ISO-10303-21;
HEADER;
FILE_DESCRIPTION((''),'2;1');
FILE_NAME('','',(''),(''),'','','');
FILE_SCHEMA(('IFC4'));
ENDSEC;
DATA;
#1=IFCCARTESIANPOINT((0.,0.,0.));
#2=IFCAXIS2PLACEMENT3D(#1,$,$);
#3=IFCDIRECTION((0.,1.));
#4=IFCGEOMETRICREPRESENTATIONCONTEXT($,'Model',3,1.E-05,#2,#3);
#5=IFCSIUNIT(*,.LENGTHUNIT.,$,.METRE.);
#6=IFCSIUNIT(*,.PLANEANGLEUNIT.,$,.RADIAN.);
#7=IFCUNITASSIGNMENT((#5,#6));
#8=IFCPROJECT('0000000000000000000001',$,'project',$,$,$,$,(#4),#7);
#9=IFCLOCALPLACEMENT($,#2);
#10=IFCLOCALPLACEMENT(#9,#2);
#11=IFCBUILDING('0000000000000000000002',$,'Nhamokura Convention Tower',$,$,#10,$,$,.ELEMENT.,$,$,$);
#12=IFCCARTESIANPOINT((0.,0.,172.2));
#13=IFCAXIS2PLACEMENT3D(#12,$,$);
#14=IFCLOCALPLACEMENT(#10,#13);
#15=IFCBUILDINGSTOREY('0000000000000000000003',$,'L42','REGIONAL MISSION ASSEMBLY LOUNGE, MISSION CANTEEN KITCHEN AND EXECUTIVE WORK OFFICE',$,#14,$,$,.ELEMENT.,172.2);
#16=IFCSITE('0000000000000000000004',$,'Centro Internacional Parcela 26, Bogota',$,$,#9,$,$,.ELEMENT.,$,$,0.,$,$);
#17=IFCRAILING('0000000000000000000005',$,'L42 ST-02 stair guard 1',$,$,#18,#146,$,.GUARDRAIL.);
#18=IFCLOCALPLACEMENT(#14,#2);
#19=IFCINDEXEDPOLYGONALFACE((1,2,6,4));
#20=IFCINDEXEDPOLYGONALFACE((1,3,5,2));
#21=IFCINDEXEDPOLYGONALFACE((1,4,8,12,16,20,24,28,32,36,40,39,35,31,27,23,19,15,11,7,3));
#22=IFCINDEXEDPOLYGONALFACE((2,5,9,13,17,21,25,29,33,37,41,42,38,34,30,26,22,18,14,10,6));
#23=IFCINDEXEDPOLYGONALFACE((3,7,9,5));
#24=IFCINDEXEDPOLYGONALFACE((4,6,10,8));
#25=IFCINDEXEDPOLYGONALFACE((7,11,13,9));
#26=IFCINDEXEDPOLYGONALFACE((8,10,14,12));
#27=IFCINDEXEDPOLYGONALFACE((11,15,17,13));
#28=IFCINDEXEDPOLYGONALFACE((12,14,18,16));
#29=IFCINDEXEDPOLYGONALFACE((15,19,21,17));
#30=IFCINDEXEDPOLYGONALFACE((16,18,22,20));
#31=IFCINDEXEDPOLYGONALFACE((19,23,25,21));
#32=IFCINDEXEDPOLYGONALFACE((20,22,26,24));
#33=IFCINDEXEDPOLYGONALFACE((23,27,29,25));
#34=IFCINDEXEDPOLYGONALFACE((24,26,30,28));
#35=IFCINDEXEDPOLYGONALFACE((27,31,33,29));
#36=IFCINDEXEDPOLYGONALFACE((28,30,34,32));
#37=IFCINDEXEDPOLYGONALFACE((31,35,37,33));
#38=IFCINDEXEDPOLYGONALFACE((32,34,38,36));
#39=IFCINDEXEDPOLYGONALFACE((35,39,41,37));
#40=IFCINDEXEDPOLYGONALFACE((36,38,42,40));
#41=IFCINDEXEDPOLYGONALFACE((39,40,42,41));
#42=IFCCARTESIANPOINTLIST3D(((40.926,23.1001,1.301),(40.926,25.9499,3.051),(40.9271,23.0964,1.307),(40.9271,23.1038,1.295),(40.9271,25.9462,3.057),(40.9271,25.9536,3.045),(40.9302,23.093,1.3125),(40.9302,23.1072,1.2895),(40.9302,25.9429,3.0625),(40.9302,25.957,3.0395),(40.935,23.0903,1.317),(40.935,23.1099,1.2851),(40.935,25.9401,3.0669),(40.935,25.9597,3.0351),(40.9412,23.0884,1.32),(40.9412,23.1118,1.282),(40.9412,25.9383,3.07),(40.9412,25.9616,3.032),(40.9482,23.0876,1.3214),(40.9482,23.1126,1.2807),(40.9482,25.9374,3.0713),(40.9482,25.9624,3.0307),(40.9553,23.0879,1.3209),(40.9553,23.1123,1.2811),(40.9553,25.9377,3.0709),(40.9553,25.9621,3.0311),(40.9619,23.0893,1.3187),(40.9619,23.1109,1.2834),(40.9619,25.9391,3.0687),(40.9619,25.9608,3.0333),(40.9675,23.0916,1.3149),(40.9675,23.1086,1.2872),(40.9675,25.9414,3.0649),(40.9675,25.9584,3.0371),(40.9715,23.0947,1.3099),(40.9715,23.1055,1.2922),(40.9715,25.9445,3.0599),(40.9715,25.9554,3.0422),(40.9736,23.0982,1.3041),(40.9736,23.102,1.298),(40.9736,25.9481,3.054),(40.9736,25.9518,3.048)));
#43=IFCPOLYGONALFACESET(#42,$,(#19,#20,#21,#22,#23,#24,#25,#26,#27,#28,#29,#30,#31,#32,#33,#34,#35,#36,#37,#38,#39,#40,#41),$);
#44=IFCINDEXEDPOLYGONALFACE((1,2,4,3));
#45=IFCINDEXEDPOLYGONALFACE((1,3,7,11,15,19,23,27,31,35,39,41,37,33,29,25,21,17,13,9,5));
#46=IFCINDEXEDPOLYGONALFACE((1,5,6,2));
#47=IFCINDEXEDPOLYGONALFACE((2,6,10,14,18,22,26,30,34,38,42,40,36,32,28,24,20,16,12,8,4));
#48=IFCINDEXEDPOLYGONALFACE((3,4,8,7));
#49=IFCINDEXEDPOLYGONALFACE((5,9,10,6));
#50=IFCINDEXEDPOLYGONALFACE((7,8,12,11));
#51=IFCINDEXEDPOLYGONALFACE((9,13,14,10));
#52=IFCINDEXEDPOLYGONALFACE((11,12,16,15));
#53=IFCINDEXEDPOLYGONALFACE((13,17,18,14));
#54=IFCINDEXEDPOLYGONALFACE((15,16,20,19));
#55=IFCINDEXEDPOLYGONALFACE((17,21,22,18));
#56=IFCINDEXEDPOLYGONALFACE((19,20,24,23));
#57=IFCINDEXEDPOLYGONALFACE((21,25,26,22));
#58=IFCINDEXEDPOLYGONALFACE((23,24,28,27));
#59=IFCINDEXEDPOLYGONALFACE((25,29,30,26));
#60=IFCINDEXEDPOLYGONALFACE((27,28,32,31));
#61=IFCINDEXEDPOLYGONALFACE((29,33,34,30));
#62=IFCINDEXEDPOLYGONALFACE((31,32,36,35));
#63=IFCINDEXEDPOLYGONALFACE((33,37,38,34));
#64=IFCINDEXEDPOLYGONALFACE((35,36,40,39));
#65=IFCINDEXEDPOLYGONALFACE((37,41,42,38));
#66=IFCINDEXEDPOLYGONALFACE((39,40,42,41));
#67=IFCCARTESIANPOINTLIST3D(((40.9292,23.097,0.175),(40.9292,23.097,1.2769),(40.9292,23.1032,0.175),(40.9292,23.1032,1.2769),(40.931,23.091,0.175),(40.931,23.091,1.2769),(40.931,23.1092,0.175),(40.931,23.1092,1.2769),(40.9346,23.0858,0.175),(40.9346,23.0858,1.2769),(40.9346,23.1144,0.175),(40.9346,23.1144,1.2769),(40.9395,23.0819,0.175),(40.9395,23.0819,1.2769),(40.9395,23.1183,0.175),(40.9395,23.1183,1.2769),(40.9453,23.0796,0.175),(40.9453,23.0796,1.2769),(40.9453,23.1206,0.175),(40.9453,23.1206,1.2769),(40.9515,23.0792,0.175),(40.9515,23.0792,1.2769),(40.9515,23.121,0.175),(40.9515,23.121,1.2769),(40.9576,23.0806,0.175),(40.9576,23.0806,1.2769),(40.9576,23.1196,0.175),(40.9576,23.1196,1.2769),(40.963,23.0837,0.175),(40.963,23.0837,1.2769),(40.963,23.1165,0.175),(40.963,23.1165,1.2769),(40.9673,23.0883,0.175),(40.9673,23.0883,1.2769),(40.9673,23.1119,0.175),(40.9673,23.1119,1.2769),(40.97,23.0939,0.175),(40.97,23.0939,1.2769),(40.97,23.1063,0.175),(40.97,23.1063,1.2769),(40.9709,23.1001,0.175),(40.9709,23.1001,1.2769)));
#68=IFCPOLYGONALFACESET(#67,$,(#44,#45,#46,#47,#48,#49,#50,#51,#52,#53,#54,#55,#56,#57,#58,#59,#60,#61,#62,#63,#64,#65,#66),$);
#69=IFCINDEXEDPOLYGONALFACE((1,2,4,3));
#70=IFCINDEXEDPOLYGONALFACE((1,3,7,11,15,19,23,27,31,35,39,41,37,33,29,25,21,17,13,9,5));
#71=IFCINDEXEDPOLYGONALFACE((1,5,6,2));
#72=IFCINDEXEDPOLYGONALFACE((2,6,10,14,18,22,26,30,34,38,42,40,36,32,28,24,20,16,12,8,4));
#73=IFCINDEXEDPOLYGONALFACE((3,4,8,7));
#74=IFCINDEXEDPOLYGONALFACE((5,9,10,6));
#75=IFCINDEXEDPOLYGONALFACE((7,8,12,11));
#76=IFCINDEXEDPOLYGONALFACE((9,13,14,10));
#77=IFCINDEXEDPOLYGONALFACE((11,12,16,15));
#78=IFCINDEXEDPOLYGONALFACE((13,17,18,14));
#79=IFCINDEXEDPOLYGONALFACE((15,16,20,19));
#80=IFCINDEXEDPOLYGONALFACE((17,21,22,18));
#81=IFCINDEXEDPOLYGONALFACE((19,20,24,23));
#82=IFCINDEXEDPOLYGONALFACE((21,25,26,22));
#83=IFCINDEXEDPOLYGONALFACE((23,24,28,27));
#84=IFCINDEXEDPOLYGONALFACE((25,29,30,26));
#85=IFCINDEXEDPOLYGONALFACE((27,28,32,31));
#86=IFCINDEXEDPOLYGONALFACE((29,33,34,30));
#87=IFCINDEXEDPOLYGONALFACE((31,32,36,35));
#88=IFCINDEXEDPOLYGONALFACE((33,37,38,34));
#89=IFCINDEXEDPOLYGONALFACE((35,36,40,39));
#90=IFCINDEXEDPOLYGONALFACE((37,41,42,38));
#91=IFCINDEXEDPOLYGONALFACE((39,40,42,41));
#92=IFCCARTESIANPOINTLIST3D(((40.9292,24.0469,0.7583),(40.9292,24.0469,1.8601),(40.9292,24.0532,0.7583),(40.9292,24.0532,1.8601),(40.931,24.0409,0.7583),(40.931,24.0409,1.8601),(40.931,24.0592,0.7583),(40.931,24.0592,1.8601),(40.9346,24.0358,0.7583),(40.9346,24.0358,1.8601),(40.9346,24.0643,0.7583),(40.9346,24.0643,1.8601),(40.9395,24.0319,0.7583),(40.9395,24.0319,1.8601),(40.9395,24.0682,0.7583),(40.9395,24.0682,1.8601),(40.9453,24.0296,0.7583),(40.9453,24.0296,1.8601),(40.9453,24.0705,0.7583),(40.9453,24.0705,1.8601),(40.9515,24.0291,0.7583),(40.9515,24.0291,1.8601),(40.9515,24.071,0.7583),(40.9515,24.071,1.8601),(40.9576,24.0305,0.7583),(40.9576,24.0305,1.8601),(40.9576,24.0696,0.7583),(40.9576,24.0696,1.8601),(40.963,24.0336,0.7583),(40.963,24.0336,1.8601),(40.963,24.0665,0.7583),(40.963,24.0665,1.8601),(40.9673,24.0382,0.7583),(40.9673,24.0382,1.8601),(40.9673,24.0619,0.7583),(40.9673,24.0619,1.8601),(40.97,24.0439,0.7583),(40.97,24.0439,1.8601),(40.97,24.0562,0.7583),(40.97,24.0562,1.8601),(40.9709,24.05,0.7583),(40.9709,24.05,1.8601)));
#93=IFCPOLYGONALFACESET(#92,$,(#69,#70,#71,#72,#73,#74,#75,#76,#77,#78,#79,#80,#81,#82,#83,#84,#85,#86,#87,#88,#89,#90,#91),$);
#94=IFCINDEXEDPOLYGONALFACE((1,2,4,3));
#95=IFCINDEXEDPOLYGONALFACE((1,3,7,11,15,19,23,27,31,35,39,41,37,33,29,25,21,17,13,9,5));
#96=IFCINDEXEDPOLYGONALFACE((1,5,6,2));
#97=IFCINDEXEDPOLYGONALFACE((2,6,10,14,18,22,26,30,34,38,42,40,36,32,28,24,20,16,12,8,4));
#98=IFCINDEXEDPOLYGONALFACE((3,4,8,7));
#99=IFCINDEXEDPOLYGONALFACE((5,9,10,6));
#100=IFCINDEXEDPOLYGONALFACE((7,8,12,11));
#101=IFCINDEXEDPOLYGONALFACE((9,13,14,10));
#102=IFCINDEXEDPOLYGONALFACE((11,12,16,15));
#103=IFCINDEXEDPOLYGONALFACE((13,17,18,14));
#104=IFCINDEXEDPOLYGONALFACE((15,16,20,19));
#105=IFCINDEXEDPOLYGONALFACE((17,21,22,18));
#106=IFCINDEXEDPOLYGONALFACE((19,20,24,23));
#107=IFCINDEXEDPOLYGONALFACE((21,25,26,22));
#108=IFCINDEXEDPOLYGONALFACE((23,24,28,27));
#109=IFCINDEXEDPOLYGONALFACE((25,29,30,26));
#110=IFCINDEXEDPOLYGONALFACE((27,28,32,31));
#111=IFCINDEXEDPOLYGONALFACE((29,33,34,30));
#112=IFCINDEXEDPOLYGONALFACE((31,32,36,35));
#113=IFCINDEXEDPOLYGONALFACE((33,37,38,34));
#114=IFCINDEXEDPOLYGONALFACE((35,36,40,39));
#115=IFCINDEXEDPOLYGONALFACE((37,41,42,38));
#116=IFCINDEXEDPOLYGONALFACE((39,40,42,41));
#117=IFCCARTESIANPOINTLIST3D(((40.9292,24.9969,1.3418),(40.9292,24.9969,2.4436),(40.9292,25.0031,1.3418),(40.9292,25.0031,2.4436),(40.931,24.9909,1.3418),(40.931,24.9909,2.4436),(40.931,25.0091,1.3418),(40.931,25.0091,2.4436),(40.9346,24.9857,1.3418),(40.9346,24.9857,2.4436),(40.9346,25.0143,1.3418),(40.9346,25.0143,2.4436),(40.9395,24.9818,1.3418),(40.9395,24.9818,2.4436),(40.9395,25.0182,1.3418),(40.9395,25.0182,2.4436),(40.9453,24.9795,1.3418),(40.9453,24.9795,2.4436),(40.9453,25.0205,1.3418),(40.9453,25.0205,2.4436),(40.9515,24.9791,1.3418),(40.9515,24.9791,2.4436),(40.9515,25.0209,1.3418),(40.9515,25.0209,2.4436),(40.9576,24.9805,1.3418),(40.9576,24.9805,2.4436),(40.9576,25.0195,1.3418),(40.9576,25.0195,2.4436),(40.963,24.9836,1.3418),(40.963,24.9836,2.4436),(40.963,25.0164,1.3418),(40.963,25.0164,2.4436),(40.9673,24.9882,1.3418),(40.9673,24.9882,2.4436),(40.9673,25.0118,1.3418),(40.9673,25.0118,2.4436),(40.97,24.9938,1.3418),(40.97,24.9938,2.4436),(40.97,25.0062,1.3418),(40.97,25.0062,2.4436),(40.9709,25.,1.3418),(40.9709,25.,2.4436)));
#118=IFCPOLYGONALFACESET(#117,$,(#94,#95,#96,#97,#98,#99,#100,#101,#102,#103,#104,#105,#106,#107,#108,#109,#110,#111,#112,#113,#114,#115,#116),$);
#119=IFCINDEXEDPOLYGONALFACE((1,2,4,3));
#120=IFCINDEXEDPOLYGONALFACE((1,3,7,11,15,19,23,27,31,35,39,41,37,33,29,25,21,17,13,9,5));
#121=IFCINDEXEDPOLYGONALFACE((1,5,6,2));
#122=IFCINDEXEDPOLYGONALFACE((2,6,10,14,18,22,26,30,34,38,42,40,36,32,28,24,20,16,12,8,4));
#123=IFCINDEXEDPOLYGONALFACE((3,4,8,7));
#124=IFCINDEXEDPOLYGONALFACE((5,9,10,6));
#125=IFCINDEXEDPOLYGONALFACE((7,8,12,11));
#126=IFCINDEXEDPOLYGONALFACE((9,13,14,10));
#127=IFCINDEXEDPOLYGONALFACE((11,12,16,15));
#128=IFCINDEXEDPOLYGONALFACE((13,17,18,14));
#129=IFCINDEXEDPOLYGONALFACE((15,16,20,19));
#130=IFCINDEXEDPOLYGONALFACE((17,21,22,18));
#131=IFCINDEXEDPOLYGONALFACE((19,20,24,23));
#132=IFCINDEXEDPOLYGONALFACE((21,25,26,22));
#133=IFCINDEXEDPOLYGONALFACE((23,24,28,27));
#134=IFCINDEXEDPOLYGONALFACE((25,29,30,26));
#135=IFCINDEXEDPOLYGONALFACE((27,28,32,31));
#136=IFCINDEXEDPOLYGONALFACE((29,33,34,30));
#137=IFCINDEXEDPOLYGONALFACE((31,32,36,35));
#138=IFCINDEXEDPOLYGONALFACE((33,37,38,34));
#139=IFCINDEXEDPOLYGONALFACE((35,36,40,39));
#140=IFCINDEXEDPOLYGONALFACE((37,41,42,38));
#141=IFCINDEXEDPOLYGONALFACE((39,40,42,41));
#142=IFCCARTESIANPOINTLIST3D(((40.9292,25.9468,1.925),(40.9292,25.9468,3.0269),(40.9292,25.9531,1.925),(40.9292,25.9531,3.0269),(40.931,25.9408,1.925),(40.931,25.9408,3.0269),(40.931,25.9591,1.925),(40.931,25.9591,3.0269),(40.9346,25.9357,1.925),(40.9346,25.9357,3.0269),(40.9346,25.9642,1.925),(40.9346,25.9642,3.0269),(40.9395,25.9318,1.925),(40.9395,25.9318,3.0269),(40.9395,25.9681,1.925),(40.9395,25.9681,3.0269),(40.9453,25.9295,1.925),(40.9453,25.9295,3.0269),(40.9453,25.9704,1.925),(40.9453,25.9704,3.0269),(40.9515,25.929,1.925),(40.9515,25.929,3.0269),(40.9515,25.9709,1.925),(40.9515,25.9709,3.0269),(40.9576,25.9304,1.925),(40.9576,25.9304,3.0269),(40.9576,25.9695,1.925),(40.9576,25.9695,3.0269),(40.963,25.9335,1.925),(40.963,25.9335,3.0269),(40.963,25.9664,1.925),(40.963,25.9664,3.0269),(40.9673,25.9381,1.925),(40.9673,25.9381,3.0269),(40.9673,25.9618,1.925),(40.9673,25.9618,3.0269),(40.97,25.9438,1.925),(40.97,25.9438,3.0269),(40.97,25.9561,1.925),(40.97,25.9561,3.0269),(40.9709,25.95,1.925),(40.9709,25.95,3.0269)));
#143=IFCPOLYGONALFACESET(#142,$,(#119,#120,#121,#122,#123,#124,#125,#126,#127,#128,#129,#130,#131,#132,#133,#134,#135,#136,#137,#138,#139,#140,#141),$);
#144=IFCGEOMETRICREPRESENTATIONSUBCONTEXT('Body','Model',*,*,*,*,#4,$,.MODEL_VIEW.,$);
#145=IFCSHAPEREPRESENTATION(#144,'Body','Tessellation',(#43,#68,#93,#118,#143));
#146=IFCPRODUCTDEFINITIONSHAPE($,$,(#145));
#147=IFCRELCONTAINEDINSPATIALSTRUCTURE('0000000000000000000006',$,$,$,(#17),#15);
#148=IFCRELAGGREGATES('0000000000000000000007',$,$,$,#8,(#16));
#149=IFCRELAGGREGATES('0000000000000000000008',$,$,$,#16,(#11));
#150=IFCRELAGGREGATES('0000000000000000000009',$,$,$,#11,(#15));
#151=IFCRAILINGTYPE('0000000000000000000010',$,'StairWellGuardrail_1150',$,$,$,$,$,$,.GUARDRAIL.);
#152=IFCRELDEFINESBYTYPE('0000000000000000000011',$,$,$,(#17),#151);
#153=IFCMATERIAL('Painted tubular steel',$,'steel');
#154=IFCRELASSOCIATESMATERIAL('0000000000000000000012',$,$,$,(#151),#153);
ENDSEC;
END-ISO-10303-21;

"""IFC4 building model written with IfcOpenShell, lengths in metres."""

from ifc_helpers import new_model, si_unit, direction, frame, origin, origin_2d, place, context, subcontext, project, spatial, circle, extrude, material, type_object, element, save


model = new_model("IFC4")

# Units and contexts
model_context = context("Model", 3, precision=1e-05, world=origin(), true_north=direction((0.0, 1.0)))
body_context = subcontext(model_context, "Body", "Model", "MODEL_VIEW")
ifc_project = project(units=[si_unit("LENGTHUNIT", "METRE"), si_unit("PLANEANGLEUNIT", "RADIAN")], contexts=[model_context])

# Site, building, storey
site_placement = place(None, origin())
site = spatial("IfcSite", under=ifc_project, at=site_placement, Name="Centro Internacional Parcela 26, Bogota", CompositionType="ELEMENT", RefElevation=0.0)
building_placement = place(site_placement, origin())
building = spatial("IfcBuilding", under=site, at=building_placement, Name="Nhamokura Convention Tower", CompositionType="ELEMENT")
storey_placement = place(building_placement, frame((0.0, 0.0, 172.2)))
storey = spatial("IfcBuildingStorey", under=building, at=storey_placement, Name="L42", Description="REGIONAL MISSION ASSEMBLY LOUNGE, MISSION CANTEEN KITCHEN AND EXECUTIVE WORK OFFICE", CompositionType="ELEMENT", Elevation=172.2)

# Railing
ifc_material_1 = material(Name="Painted tubular steel", Category="steel")
railing_type_1 = type_object("IfcRailingType", Name="StairWellGuardrail_1150", PredefinedType="GUARDRAIL", material=ifc_material_1)
railing_1_placement = place(storey_placement, frame((40.95, 23.1001, 0.175)))
element("IfcRailing", 1, at=railing_1_placement, inside=storey, type_object=railing_type_1, Name="L42 ST-02 stair guard 1", PredefinedType="GUARDRAIL", context=body_context, shape_type="SweptSolid", body=[
    extrude(circle(Radius=0.0239, at=origin_2d()), frame((0.0, 0.0, 1.126), z_axis=(0.0, 0.852159, 0.523283), x_axis=(-1.0, 0.0, 0.0)), (0.0, 0.0, 1.0), 3.3442),
    extrude(circle(Radius=0.021, at=origin_2d()), origin(), (0.0, 0.0, 1.0), 1.1018),
    extrude(circle(Radius=0.021, at=origin_2d()), frame((0.0, 0.95, 0.5833)), (0.0, 0.0, 1.0), 1.1018),
    extrude(circle(Radius=0.021, at=origin_2d()), frame((0.0, 1.8999, 1.1667)), (0.0, 0.0, 1.0), 1.1018),
    extrude(circle(Radius=0.021, at=origin_2d()), frame((0.0, 2.8499, 1.75)), (0.0, 0.0, 1.0), 1.1018),
])

save(model, "model.ifc")
